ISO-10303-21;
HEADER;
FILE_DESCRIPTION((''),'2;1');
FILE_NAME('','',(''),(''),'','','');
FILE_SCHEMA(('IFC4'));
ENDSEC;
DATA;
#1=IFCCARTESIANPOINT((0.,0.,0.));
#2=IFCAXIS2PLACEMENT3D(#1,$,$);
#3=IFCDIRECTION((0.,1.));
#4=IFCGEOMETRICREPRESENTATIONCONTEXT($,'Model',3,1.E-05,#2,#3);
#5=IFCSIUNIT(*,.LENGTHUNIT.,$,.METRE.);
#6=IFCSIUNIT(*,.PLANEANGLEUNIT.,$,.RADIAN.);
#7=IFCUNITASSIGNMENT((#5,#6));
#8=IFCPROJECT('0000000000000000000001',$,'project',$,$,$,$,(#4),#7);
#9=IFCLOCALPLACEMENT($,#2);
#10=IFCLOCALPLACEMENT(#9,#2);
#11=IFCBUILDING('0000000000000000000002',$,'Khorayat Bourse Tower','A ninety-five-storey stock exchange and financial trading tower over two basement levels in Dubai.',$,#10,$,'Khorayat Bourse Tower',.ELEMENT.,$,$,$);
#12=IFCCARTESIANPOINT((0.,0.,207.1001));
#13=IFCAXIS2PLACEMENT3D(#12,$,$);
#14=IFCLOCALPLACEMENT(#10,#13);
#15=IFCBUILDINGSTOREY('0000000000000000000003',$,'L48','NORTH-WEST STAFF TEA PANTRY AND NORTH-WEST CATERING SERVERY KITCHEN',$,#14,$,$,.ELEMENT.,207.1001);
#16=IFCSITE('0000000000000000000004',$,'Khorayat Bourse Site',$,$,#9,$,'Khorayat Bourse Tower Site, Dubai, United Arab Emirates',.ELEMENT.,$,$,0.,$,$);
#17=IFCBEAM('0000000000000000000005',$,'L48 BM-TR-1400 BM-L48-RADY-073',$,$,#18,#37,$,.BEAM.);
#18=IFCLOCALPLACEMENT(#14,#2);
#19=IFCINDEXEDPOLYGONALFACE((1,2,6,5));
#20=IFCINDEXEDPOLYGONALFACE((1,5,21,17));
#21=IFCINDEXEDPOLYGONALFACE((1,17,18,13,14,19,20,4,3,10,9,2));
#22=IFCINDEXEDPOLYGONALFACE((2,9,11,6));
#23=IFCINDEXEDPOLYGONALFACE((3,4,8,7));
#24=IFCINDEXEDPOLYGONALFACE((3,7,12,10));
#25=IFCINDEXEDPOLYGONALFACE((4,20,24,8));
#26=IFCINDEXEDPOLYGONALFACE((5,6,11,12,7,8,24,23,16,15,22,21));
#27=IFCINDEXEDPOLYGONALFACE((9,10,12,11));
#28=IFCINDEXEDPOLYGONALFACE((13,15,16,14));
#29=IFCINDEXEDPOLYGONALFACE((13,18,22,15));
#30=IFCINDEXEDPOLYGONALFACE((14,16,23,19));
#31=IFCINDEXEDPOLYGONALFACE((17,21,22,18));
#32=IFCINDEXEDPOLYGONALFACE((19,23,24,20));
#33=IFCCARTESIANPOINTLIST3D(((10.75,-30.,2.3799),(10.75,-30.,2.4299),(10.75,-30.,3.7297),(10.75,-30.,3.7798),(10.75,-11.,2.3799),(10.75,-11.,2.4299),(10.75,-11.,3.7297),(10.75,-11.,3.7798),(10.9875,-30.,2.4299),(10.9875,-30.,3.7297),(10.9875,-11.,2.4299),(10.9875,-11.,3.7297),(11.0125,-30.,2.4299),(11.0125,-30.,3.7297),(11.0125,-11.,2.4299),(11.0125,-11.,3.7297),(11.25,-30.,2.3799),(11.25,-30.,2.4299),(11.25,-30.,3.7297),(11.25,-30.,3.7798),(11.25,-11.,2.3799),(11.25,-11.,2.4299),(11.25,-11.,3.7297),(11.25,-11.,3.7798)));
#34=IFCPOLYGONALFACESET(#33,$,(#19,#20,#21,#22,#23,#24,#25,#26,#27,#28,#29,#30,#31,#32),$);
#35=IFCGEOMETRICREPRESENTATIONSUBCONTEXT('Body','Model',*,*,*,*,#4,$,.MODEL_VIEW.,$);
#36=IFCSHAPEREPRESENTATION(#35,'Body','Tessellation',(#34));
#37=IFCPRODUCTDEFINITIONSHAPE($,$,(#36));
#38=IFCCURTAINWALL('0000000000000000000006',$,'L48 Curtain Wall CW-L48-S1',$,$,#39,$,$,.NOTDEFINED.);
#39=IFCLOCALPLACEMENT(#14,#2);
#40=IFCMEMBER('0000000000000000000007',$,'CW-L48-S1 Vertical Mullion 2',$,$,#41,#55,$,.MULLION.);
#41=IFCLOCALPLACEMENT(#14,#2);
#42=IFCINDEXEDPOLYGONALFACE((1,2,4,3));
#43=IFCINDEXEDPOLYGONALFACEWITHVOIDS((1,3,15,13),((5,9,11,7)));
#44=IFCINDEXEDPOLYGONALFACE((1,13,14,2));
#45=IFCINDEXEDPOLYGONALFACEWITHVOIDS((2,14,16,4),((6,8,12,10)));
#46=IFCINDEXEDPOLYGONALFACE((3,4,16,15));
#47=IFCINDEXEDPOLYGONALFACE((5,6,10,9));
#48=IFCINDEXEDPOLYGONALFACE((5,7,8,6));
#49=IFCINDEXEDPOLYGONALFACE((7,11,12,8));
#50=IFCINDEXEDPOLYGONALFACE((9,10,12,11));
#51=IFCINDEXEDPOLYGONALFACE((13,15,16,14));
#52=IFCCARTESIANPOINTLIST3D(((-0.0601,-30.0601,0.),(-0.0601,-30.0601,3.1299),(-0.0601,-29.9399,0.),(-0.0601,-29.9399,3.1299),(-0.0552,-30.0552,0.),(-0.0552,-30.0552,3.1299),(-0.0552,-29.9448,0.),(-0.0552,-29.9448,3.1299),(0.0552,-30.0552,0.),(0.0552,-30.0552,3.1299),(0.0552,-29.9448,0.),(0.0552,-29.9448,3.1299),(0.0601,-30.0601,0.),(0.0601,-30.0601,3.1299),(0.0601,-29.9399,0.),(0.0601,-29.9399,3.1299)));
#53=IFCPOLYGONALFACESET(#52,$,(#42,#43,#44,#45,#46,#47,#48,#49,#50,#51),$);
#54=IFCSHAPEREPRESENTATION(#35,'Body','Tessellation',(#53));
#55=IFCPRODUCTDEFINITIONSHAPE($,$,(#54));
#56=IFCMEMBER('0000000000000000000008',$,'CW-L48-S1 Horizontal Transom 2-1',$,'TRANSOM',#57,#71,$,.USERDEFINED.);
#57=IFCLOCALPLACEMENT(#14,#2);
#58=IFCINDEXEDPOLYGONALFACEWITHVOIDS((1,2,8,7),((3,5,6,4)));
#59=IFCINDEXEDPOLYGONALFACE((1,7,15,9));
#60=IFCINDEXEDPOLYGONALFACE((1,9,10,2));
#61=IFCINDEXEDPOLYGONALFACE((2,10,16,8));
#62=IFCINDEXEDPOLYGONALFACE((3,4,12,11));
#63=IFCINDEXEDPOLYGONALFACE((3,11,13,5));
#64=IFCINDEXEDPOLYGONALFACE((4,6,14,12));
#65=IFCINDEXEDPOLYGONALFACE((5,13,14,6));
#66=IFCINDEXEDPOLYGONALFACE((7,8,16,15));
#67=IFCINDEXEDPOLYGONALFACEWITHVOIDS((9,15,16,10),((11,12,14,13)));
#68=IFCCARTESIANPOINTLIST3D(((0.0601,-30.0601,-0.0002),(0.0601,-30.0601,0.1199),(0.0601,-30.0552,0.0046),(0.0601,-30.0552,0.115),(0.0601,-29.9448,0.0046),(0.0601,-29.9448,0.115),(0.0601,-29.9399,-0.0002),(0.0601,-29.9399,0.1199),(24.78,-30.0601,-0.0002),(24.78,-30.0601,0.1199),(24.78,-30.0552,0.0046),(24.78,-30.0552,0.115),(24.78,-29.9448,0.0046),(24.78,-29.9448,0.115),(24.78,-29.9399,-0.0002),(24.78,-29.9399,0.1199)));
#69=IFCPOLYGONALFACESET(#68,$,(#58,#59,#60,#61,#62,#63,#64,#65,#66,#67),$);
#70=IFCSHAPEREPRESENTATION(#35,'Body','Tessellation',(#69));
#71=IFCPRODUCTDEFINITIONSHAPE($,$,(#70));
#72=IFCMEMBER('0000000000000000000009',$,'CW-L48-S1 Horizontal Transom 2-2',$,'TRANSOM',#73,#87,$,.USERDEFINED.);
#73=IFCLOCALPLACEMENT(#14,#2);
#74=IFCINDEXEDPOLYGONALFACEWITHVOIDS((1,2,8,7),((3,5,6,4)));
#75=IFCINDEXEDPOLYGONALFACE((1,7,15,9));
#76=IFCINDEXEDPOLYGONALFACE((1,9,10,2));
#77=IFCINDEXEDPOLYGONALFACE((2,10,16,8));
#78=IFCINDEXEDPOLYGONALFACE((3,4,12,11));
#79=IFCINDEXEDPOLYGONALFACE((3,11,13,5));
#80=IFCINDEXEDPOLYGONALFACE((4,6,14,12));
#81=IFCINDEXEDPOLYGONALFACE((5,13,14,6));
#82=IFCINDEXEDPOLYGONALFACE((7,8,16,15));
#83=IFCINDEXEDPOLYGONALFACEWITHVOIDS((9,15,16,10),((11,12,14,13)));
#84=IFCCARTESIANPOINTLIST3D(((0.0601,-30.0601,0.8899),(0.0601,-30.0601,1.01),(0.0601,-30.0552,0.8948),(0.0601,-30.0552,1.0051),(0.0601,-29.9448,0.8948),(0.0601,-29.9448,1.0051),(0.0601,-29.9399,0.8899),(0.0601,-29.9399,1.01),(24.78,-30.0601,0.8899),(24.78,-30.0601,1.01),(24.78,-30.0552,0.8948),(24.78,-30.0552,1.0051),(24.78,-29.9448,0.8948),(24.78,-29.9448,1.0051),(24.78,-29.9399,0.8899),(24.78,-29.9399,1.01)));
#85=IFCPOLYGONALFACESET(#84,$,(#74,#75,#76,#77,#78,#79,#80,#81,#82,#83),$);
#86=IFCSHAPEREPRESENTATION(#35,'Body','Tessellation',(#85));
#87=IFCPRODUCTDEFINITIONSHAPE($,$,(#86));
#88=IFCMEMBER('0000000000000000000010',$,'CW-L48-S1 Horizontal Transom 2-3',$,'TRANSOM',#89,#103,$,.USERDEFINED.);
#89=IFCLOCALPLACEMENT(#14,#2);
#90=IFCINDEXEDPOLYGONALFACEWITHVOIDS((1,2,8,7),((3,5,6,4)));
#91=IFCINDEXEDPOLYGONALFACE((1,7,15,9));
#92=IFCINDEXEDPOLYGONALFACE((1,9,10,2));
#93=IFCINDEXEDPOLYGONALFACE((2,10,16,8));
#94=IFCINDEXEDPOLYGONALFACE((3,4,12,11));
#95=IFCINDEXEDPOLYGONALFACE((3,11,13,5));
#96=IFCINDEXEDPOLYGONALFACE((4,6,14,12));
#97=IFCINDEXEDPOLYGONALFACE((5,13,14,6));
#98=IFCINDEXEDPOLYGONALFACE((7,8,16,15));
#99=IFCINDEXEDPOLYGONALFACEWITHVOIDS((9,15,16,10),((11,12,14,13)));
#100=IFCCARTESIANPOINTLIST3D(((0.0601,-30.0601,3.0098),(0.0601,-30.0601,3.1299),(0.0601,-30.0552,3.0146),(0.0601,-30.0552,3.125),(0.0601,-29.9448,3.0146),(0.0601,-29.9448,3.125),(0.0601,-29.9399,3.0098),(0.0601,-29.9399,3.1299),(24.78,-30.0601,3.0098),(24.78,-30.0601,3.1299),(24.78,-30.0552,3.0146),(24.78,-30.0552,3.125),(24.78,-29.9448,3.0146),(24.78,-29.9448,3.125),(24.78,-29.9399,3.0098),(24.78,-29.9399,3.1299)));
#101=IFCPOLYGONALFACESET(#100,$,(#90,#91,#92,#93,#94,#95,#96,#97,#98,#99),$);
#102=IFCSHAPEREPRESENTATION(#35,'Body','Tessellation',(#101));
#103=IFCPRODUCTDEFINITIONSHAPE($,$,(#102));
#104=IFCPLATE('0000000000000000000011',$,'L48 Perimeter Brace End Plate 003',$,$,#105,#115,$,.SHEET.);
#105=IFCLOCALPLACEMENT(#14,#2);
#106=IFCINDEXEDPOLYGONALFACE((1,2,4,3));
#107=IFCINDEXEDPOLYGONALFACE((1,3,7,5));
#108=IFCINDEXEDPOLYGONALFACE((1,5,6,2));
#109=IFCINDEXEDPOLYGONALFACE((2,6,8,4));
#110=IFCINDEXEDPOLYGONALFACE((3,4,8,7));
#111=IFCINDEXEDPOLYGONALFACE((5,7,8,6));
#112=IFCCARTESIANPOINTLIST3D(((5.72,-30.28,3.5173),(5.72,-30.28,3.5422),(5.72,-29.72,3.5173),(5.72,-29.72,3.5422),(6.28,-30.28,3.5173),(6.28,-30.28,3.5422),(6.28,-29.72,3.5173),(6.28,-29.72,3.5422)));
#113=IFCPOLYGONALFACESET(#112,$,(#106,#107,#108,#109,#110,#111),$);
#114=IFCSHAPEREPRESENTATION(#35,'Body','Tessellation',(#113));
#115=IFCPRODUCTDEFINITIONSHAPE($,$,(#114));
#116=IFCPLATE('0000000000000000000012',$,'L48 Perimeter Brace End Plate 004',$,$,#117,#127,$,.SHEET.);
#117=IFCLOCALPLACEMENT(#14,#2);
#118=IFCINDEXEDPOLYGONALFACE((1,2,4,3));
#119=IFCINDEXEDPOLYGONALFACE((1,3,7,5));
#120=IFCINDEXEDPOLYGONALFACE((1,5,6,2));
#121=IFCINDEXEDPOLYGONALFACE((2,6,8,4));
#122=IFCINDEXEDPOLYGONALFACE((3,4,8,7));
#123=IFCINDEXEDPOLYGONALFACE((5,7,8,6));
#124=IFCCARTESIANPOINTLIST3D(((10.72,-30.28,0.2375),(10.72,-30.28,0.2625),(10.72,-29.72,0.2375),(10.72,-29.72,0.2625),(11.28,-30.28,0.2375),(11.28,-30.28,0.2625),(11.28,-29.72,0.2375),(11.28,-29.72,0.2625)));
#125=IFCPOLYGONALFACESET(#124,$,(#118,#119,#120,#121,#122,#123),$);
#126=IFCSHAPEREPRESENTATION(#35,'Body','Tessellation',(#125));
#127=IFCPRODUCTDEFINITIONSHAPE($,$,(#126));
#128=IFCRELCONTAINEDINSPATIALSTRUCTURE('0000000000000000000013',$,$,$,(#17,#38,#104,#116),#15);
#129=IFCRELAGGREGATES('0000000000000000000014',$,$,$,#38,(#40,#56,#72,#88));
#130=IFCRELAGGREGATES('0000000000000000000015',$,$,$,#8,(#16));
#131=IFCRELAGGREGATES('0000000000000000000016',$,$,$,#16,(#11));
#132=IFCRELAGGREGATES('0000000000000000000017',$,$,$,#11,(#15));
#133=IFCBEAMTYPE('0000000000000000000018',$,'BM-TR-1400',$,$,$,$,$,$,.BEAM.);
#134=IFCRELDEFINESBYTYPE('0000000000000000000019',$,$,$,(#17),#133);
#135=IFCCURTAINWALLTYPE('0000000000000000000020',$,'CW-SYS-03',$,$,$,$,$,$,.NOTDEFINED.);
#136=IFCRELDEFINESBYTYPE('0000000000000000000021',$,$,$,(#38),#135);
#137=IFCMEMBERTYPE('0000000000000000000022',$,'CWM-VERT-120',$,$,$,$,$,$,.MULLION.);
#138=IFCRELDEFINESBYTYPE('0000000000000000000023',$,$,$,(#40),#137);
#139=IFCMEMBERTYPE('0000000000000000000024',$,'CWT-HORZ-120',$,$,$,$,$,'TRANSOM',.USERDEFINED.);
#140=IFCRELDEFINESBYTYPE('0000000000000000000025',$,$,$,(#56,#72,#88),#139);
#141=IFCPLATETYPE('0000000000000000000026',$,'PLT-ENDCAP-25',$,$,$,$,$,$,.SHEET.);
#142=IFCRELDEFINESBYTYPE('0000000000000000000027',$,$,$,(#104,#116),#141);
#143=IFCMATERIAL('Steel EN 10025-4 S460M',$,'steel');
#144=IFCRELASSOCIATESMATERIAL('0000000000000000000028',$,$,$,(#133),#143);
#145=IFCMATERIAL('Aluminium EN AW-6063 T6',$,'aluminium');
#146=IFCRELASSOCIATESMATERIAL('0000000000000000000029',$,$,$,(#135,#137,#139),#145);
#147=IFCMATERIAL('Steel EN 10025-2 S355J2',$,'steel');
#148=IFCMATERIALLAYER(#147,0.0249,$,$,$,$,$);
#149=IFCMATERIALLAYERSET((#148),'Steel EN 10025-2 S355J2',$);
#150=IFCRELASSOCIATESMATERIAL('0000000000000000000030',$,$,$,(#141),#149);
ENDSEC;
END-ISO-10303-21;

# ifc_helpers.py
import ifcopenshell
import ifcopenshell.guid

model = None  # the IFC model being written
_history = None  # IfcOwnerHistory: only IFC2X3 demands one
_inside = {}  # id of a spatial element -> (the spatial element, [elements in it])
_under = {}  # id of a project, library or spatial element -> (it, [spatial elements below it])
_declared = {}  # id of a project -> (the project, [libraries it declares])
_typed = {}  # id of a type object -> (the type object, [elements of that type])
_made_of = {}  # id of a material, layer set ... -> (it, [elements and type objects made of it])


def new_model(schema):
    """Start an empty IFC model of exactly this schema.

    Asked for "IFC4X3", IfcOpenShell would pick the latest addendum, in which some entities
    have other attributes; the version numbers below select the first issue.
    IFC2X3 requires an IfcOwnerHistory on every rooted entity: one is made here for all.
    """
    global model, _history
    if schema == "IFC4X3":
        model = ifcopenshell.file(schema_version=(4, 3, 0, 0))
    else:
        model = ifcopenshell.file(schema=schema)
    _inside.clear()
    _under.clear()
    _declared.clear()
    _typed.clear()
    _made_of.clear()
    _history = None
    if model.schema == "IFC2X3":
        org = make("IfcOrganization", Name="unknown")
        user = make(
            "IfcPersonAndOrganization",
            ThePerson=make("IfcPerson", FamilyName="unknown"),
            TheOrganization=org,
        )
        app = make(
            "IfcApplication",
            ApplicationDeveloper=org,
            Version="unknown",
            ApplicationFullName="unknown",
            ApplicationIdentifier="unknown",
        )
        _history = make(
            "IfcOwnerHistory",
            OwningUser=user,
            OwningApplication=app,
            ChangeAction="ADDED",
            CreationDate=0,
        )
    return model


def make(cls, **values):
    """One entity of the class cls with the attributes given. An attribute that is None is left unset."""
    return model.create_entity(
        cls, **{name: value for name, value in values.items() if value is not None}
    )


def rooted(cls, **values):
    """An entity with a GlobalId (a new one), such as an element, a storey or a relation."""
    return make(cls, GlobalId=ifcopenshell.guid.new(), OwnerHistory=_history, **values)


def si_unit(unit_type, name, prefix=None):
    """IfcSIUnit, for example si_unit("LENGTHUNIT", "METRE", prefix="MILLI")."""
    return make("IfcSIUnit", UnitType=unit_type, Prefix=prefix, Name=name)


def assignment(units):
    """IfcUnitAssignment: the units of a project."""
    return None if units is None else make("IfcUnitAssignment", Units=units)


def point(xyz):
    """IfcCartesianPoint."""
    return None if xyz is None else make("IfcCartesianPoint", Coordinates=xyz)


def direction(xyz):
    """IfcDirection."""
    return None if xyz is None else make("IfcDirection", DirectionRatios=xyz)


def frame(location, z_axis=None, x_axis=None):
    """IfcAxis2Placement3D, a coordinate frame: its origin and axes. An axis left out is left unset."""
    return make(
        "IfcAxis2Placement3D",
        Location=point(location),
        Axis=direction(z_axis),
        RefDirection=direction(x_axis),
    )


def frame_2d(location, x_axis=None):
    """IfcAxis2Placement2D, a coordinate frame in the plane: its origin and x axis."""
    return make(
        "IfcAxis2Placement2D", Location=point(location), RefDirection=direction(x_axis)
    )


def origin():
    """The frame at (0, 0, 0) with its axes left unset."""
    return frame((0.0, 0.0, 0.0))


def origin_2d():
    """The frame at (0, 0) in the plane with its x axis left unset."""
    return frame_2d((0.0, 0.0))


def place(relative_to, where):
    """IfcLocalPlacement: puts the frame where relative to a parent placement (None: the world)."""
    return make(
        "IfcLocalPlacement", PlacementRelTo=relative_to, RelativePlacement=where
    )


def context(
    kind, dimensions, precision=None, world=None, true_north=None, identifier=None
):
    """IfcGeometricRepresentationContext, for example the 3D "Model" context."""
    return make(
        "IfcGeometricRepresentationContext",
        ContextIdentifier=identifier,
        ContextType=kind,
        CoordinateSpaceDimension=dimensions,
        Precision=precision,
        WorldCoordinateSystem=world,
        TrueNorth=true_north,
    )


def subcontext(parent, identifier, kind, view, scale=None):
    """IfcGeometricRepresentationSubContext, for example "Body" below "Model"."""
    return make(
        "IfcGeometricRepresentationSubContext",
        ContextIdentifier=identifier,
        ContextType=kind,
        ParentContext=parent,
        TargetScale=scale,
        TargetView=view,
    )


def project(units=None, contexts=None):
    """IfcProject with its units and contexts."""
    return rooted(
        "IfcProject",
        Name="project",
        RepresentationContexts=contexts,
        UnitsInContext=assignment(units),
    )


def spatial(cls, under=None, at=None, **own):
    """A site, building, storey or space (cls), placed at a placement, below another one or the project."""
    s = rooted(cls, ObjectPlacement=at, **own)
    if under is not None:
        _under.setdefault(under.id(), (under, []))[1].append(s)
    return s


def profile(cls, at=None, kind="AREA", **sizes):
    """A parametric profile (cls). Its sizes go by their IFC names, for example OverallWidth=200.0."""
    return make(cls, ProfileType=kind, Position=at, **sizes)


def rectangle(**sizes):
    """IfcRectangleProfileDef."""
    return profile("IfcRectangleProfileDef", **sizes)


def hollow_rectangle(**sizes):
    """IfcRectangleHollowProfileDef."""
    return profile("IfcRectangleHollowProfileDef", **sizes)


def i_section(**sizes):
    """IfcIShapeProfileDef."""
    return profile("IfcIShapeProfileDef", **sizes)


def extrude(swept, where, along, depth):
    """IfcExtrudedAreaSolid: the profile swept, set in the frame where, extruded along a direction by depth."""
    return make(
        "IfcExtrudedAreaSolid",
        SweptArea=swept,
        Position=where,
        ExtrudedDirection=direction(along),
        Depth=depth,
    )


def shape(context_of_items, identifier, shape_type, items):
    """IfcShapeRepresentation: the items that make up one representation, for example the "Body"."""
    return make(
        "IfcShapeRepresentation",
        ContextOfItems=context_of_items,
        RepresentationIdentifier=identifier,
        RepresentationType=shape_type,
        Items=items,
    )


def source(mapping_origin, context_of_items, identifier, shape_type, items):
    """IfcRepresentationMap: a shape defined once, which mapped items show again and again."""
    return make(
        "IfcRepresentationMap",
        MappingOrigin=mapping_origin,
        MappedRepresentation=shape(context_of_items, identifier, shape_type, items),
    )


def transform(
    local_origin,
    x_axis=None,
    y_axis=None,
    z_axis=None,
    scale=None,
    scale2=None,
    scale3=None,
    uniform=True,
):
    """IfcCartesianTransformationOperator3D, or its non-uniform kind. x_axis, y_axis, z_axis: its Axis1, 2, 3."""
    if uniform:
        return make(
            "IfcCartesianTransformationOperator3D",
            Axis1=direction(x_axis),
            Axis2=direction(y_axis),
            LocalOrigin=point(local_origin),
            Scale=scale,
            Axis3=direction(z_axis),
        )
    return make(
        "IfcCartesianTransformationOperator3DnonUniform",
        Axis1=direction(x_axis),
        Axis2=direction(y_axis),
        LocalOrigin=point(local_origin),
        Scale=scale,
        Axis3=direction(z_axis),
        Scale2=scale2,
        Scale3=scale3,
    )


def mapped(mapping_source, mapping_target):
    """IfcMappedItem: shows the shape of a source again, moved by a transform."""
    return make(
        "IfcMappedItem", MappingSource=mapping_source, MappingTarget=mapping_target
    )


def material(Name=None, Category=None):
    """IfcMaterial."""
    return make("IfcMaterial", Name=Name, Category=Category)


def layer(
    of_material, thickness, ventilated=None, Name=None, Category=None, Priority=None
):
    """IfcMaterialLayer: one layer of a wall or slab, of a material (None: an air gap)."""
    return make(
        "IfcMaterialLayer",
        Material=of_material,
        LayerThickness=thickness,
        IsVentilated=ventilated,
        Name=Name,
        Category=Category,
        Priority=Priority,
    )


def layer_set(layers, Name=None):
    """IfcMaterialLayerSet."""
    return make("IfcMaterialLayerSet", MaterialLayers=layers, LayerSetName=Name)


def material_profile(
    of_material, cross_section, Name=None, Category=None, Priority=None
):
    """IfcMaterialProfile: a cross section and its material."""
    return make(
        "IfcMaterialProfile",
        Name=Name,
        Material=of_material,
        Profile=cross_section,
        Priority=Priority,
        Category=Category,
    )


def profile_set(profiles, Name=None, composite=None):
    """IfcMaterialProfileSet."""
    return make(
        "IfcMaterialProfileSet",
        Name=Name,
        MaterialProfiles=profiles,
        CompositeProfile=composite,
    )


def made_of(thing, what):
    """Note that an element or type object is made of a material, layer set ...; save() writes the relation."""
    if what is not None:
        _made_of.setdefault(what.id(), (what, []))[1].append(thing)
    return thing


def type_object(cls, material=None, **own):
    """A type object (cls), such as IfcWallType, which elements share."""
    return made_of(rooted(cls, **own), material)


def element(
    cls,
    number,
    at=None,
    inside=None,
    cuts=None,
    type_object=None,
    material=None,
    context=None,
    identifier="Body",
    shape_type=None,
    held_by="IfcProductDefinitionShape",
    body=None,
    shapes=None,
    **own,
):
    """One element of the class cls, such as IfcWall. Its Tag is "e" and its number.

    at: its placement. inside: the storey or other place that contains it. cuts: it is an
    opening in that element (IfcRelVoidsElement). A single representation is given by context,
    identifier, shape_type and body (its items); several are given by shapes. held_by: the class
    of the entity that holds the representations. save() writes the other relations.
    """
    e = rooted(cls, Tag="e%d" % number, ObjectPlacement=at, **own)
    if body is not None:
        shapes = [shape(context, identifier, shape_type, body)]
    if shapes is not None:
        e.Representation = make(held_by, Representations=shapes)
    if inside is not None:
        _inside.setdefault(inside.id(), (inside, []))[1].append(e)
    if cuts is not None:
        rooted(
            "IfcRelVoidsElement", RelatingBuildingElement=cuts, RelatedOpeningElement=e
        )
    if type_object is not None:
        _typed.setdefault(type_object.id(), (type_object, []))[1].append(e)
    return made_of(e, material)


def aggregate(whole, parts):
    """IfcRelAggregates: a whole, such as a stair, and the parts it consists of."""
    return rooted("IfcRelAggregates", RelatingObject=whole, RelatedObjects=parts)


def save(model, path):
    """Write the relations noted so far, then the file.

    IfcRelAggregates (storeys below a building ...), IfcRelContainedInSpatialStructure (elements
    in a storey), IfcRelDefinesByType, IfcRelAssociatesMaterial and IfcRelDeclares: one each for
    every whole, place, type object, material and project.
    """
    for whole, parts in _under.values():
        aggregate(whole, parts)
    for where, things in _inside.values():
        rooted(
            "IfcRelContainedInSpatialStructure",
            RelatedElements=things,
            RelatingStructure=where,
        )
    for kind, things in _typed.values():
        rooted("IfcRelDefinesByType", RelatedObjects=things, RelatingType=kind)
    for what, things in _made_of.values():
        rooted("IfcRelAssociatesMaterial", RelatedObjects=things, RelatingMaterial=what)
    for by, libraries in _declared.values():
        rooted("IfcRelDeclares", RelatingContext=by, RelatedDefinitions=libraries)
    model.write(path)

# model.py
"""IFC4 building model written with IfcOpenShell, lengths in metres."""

from ifc_helpers import new_model, si_unit, direction, frame, origin, origin_2d, place, context, subcontext, project, spatial, rectangle, hollow_rectangle, i_section, extrude, source, transform, mapped, material, layer, layer_set, material_profile, profile_set, type_object, element, aggregate, save


model = new_model("IFC4")

# Units and contexts
model_context = context("Model", 3, precision=1e-05, world=origin(), true_north=direction((0.0, 1.0)))
body_context = subcontext(model_context, "Body", "Model", "MODEL_VIEW")
ifc_project = project(units=[si_unit("LENGTHUNIT", "METRE"), si_unit("PLANEANGLEUNIT", "RADIAN")], contexts=[model_context])

# Site, building, storey
site_placement = place(None, origin())
site = spatial("IfcSite", under=ifc_project, at=site_placement, Name="Khorayat Bourse Site", LongName="Khorayat Bourse Tower Site, Dubai, United Arab Emirates", CompositionType="ELEMENT", RefElevation=0.0)
building_placement = place(site_placement, origin())
building = spatial("IfcBuilding", under=site, at=building_placement, Name="Khorayat Bourse Tower", Description="A ninety-five-storey stock exchange and financial trading tower over two basement levels in Dubai.", LongName="Khorayat Bourse Tower", CompositionType="ELEMENT")
storey_placement = place(building_placement, frame((0.0, 0.0, 207.1001)))
storey = spatial("IfcBuildingStorey", under=building, at=storey_placement, Name="L48", Description="NORTH-WEST STAFF TEA PANTRY AND NORTH-WEST CATERING SERVERY KITCHEN", CompositionType="ELEMENT", Elevation=207.1001)

# Shared definitions
ifc_material_1 = material(Name="Steel EN 10025-4 S460M", Category="steel")

# Beam
ifc_material_profile_1 = material_profile(ifc_material_1, i_section(OverallWidth=0.5, OverallDepth=1.3999, WebThickness=0.0249, FlangeThickness=0.05, at=origin_2d()), Name="PG 1400x500x25x50")
ifc_profile_set_1 = profile_set([ifc_material_profile_1], Name="Steel EN 10025-4 S460M")
beam_type_1 = type_object("IfcBeamType", Name="BM-TR-1400", PredefinedType="BEAM", material=ifc_profile_set_1)
shared_shape_1 = source(origin(), body_context, "Body", "SweptSolid", [
    extrude(i_section(OverallWidth=0.5, OverallDepth=1.3999, WebThickness=0.0249, FlangeThickness=0.05, at=origin_2d()), origin(), (0.0, 0.0, 1.0), 19.0),
])
for number, where, z_axis, x_axis, name in (
    (1, (11.0, -30.0, 3.0798), (0.0, 1.0, 0.0), (-1.0, 0.0, 0.0), "L48 BM-TR-1400 BM-L48-RADY-073"),
):
    element("IfcBeam", number, at=place(storey_placement, frame(where, z_axis=z_axis, x_axis=x_axis)), inside=storey, type_object=beam_type_1, Name=name, PredefinedType="BEAM", context=body_context, shape_type="MappedRepresentation", body=[
        mapped(shared_shape_1, transform((0.0, 0.0, 0.0), scale=1.0)),
    ])

# Curtain wall, members
ifc_material_2 = material(Name="Aluminium EN AW-6063 T6", Category="aluminium")
curtain_wall_type = type_object("IfcCurtainWallType", Name="CW-SYS-03", PredefinedType="NOTDEFINED", material=ifc_material_2)
curtain_wall_placement = place(storey_placement, origin())
curtain_wall = element("IfcCurtainWall", 2, at=curtain_wall_placement, inside=storey, type_object=curtain_wall_type, Name="L48 Curtain Wall CW-L48-S1", PredefinedType="NOTDEFINED")
ifc_material_profile_2 = material_profile(ifc_material_2, hollow_rectangle(XDim=0.1201, YDim=0.1201, WallThickness=0.0049, at=origin_2d()), Name="ALU 120x120x5")
ifc_profile_set_2 = profile_set([ifc_material_profile_2], Name="Aluminium EN AW-6063 T6")
member_type_1 = type_object("IfcMemberType", Name="CWM-VERT-120", PredefinedType="MULLION", material=ifc_profile_set_2)
shared_shape_2 = source(origin(), body_context, "Body", "SweptSolid", [
    extrude(hollow_rectangle(XDim=0.1201, YDim=0.1201, WallThickness=0.0049, at=origin_2d()), origin(), (0.0, 0.0, 1.0), 3.1299),
])
member_1_placement = place(storey_placement, frame((0.0, -30.0, 0.0), z_axis=(0.0, 0.0, 1.0), x_axis=(0.0, 1.0, 0.0)))
member_1 = element("IfcMember", 3, at=member_1_placement, type_object=member_type_1, Name="CW-L48-S1 Vertical Mullion 2", PredefinedType="MULLION", context=body_context, shape_type="MappedRepresentation", body=[
    mapped(shared_shape_2, transform((0.0, 0.0, 0.0), scale=1.0)),
])
ifc_material_profile_3 = material_profile(ifc_material_2, hollow_rectangle(XDim=0.1201, YDim=0.1201, WallThickness=0.0049, at=origin_2d()), Name="ALU 120x120x5")
ifc_profile_set_3 = profile_set([ifc_material_profile_3], Name="Aluminium EN AW-6063 T6")
member_type_2 = type_object("IfcMemberType", Name="CWT-HORZ-120", ElementType="TRANSOM", PredefinedType="USERDEFINED", material=ifc_profile_set_3)
shared_shape_3 = source(origin(), body_context, "Body", "SweptSolid", [
    extrude(hollow_rectangle(XDim=0.1201, YDim=0.1201, WallThickness=0.0049, at=origin_2d()), origin(), (0.0, 0.0, 1.0), 24.72),
])
member_2_placement = place(storey_placement, frame((0.0601, -30.0, 0.0598), z_axis=(1.0, 0.0, 0.0), x_axis=(0.0, 1.0, 0.0)))
member_2 = element("IfcMember", 4, at=member_2_placement, type_object=member_type_2, Name="CW-L48-S1 Horizontal Transom 2-1", ObjectType="TRANSOM", PredefinedType="USERDEFINED", context=body_context, shape_type="MappedRepresentation", body=[
    mapped(shared_shape_3, transform((0.0, 0.0, 0.0), scale=1.0)),
])
member_3_placement = place(storey_placement, frame((0.0601, -30.0, 0.95), z_axis=(1.0, 0.0, 0.0), x_axis=(0.0, 1.0, 0.0)))
member_3 = element("IfcMember", 5, at=member_3_placement, type_object=member_type_2, Name="CW-L48-S1 Horizontal Transom 2-2", ObjectType="TRANSOM", PredefinedType="USERDEFINED", context=body_context, shape_type="MappedRepresentation", body=[
    mapped(shared_shape_3, transform((0.0, 0.0, 0.0), scale=1.0)),
])
member_4_placement = place(storey_placement, frame((0.0601, -30.0, 3.0698), z_axis=(1.0, 0.0, 0.0), x_axis=(0.0, 1.0, 0.0)))
member_4 = element("IfcMember", 6, at=member_4_placement, type_object=member_type_2, Name="CW-L48-S1 Horizontal Transom 2-3", ObjectType="TRANSOM", PredefinedType="USERDEFINED", context=body_context, shape_type="MappedRepresentation", body=[
    mapped(shared_shape_3, transform((0.0, 0.0, 0.0), scale=1.0)),
])
aggregate(curtain_wall, [member_1, member_2, member_3, member_4])

# Plates
ifc_material_3 = material(Name="Steel EN 10025-2 S355J2", Category="steel")
ifc_layer_1 = layer(ifc_material_3, 0.0249)
ifc_layer_set_1 = layer_set([ifc_layer_1], Name="Steel EN 10025-2 S355J2")
plate_type = type_object("IfcPlateType", Name="PLT-ENDCAP-25", PredefinedType="SHEET", material=ifc_layer_set_1)
shared_shape_4 = source(origin(), body_context, "Body", "SweptSolid", [
    extrude(rectangle(XDim=0.5601, YDim=0.5601, at=origin_2d()), origin(), (0.0, 0.0, 1.0), 0.0249),
])
for number, where, z_axis, x_axis, name in (
    (7, (6.0, -30.0, 3.5173), (0.0, 0.0, 1.0), (1.0, 0.0, 0.0), "L48 Perimeter Brace End Plate 003"),
    (8, (11.0, -30.0, 0.2375), (0.0, 0.0, 1.0), (1.0, 0.0, 0.0), "L48 Perimeter Brace End Plate 004"),
):
    element("IfcPlate", number, at=place(storey_placement, frame(where, z_axis=z_axis, x_axis=x_axis)), inside=storey, type_object=plate_type, Name=name, PredefinedType="SHEET", context=body_context, shape_type="MappedRepresentation", body=[
        mapped(shared_shape_4, transform((0.0, 0.0, 0.0), scale=1.0)),
    ])

save(model, "model.ifc")
